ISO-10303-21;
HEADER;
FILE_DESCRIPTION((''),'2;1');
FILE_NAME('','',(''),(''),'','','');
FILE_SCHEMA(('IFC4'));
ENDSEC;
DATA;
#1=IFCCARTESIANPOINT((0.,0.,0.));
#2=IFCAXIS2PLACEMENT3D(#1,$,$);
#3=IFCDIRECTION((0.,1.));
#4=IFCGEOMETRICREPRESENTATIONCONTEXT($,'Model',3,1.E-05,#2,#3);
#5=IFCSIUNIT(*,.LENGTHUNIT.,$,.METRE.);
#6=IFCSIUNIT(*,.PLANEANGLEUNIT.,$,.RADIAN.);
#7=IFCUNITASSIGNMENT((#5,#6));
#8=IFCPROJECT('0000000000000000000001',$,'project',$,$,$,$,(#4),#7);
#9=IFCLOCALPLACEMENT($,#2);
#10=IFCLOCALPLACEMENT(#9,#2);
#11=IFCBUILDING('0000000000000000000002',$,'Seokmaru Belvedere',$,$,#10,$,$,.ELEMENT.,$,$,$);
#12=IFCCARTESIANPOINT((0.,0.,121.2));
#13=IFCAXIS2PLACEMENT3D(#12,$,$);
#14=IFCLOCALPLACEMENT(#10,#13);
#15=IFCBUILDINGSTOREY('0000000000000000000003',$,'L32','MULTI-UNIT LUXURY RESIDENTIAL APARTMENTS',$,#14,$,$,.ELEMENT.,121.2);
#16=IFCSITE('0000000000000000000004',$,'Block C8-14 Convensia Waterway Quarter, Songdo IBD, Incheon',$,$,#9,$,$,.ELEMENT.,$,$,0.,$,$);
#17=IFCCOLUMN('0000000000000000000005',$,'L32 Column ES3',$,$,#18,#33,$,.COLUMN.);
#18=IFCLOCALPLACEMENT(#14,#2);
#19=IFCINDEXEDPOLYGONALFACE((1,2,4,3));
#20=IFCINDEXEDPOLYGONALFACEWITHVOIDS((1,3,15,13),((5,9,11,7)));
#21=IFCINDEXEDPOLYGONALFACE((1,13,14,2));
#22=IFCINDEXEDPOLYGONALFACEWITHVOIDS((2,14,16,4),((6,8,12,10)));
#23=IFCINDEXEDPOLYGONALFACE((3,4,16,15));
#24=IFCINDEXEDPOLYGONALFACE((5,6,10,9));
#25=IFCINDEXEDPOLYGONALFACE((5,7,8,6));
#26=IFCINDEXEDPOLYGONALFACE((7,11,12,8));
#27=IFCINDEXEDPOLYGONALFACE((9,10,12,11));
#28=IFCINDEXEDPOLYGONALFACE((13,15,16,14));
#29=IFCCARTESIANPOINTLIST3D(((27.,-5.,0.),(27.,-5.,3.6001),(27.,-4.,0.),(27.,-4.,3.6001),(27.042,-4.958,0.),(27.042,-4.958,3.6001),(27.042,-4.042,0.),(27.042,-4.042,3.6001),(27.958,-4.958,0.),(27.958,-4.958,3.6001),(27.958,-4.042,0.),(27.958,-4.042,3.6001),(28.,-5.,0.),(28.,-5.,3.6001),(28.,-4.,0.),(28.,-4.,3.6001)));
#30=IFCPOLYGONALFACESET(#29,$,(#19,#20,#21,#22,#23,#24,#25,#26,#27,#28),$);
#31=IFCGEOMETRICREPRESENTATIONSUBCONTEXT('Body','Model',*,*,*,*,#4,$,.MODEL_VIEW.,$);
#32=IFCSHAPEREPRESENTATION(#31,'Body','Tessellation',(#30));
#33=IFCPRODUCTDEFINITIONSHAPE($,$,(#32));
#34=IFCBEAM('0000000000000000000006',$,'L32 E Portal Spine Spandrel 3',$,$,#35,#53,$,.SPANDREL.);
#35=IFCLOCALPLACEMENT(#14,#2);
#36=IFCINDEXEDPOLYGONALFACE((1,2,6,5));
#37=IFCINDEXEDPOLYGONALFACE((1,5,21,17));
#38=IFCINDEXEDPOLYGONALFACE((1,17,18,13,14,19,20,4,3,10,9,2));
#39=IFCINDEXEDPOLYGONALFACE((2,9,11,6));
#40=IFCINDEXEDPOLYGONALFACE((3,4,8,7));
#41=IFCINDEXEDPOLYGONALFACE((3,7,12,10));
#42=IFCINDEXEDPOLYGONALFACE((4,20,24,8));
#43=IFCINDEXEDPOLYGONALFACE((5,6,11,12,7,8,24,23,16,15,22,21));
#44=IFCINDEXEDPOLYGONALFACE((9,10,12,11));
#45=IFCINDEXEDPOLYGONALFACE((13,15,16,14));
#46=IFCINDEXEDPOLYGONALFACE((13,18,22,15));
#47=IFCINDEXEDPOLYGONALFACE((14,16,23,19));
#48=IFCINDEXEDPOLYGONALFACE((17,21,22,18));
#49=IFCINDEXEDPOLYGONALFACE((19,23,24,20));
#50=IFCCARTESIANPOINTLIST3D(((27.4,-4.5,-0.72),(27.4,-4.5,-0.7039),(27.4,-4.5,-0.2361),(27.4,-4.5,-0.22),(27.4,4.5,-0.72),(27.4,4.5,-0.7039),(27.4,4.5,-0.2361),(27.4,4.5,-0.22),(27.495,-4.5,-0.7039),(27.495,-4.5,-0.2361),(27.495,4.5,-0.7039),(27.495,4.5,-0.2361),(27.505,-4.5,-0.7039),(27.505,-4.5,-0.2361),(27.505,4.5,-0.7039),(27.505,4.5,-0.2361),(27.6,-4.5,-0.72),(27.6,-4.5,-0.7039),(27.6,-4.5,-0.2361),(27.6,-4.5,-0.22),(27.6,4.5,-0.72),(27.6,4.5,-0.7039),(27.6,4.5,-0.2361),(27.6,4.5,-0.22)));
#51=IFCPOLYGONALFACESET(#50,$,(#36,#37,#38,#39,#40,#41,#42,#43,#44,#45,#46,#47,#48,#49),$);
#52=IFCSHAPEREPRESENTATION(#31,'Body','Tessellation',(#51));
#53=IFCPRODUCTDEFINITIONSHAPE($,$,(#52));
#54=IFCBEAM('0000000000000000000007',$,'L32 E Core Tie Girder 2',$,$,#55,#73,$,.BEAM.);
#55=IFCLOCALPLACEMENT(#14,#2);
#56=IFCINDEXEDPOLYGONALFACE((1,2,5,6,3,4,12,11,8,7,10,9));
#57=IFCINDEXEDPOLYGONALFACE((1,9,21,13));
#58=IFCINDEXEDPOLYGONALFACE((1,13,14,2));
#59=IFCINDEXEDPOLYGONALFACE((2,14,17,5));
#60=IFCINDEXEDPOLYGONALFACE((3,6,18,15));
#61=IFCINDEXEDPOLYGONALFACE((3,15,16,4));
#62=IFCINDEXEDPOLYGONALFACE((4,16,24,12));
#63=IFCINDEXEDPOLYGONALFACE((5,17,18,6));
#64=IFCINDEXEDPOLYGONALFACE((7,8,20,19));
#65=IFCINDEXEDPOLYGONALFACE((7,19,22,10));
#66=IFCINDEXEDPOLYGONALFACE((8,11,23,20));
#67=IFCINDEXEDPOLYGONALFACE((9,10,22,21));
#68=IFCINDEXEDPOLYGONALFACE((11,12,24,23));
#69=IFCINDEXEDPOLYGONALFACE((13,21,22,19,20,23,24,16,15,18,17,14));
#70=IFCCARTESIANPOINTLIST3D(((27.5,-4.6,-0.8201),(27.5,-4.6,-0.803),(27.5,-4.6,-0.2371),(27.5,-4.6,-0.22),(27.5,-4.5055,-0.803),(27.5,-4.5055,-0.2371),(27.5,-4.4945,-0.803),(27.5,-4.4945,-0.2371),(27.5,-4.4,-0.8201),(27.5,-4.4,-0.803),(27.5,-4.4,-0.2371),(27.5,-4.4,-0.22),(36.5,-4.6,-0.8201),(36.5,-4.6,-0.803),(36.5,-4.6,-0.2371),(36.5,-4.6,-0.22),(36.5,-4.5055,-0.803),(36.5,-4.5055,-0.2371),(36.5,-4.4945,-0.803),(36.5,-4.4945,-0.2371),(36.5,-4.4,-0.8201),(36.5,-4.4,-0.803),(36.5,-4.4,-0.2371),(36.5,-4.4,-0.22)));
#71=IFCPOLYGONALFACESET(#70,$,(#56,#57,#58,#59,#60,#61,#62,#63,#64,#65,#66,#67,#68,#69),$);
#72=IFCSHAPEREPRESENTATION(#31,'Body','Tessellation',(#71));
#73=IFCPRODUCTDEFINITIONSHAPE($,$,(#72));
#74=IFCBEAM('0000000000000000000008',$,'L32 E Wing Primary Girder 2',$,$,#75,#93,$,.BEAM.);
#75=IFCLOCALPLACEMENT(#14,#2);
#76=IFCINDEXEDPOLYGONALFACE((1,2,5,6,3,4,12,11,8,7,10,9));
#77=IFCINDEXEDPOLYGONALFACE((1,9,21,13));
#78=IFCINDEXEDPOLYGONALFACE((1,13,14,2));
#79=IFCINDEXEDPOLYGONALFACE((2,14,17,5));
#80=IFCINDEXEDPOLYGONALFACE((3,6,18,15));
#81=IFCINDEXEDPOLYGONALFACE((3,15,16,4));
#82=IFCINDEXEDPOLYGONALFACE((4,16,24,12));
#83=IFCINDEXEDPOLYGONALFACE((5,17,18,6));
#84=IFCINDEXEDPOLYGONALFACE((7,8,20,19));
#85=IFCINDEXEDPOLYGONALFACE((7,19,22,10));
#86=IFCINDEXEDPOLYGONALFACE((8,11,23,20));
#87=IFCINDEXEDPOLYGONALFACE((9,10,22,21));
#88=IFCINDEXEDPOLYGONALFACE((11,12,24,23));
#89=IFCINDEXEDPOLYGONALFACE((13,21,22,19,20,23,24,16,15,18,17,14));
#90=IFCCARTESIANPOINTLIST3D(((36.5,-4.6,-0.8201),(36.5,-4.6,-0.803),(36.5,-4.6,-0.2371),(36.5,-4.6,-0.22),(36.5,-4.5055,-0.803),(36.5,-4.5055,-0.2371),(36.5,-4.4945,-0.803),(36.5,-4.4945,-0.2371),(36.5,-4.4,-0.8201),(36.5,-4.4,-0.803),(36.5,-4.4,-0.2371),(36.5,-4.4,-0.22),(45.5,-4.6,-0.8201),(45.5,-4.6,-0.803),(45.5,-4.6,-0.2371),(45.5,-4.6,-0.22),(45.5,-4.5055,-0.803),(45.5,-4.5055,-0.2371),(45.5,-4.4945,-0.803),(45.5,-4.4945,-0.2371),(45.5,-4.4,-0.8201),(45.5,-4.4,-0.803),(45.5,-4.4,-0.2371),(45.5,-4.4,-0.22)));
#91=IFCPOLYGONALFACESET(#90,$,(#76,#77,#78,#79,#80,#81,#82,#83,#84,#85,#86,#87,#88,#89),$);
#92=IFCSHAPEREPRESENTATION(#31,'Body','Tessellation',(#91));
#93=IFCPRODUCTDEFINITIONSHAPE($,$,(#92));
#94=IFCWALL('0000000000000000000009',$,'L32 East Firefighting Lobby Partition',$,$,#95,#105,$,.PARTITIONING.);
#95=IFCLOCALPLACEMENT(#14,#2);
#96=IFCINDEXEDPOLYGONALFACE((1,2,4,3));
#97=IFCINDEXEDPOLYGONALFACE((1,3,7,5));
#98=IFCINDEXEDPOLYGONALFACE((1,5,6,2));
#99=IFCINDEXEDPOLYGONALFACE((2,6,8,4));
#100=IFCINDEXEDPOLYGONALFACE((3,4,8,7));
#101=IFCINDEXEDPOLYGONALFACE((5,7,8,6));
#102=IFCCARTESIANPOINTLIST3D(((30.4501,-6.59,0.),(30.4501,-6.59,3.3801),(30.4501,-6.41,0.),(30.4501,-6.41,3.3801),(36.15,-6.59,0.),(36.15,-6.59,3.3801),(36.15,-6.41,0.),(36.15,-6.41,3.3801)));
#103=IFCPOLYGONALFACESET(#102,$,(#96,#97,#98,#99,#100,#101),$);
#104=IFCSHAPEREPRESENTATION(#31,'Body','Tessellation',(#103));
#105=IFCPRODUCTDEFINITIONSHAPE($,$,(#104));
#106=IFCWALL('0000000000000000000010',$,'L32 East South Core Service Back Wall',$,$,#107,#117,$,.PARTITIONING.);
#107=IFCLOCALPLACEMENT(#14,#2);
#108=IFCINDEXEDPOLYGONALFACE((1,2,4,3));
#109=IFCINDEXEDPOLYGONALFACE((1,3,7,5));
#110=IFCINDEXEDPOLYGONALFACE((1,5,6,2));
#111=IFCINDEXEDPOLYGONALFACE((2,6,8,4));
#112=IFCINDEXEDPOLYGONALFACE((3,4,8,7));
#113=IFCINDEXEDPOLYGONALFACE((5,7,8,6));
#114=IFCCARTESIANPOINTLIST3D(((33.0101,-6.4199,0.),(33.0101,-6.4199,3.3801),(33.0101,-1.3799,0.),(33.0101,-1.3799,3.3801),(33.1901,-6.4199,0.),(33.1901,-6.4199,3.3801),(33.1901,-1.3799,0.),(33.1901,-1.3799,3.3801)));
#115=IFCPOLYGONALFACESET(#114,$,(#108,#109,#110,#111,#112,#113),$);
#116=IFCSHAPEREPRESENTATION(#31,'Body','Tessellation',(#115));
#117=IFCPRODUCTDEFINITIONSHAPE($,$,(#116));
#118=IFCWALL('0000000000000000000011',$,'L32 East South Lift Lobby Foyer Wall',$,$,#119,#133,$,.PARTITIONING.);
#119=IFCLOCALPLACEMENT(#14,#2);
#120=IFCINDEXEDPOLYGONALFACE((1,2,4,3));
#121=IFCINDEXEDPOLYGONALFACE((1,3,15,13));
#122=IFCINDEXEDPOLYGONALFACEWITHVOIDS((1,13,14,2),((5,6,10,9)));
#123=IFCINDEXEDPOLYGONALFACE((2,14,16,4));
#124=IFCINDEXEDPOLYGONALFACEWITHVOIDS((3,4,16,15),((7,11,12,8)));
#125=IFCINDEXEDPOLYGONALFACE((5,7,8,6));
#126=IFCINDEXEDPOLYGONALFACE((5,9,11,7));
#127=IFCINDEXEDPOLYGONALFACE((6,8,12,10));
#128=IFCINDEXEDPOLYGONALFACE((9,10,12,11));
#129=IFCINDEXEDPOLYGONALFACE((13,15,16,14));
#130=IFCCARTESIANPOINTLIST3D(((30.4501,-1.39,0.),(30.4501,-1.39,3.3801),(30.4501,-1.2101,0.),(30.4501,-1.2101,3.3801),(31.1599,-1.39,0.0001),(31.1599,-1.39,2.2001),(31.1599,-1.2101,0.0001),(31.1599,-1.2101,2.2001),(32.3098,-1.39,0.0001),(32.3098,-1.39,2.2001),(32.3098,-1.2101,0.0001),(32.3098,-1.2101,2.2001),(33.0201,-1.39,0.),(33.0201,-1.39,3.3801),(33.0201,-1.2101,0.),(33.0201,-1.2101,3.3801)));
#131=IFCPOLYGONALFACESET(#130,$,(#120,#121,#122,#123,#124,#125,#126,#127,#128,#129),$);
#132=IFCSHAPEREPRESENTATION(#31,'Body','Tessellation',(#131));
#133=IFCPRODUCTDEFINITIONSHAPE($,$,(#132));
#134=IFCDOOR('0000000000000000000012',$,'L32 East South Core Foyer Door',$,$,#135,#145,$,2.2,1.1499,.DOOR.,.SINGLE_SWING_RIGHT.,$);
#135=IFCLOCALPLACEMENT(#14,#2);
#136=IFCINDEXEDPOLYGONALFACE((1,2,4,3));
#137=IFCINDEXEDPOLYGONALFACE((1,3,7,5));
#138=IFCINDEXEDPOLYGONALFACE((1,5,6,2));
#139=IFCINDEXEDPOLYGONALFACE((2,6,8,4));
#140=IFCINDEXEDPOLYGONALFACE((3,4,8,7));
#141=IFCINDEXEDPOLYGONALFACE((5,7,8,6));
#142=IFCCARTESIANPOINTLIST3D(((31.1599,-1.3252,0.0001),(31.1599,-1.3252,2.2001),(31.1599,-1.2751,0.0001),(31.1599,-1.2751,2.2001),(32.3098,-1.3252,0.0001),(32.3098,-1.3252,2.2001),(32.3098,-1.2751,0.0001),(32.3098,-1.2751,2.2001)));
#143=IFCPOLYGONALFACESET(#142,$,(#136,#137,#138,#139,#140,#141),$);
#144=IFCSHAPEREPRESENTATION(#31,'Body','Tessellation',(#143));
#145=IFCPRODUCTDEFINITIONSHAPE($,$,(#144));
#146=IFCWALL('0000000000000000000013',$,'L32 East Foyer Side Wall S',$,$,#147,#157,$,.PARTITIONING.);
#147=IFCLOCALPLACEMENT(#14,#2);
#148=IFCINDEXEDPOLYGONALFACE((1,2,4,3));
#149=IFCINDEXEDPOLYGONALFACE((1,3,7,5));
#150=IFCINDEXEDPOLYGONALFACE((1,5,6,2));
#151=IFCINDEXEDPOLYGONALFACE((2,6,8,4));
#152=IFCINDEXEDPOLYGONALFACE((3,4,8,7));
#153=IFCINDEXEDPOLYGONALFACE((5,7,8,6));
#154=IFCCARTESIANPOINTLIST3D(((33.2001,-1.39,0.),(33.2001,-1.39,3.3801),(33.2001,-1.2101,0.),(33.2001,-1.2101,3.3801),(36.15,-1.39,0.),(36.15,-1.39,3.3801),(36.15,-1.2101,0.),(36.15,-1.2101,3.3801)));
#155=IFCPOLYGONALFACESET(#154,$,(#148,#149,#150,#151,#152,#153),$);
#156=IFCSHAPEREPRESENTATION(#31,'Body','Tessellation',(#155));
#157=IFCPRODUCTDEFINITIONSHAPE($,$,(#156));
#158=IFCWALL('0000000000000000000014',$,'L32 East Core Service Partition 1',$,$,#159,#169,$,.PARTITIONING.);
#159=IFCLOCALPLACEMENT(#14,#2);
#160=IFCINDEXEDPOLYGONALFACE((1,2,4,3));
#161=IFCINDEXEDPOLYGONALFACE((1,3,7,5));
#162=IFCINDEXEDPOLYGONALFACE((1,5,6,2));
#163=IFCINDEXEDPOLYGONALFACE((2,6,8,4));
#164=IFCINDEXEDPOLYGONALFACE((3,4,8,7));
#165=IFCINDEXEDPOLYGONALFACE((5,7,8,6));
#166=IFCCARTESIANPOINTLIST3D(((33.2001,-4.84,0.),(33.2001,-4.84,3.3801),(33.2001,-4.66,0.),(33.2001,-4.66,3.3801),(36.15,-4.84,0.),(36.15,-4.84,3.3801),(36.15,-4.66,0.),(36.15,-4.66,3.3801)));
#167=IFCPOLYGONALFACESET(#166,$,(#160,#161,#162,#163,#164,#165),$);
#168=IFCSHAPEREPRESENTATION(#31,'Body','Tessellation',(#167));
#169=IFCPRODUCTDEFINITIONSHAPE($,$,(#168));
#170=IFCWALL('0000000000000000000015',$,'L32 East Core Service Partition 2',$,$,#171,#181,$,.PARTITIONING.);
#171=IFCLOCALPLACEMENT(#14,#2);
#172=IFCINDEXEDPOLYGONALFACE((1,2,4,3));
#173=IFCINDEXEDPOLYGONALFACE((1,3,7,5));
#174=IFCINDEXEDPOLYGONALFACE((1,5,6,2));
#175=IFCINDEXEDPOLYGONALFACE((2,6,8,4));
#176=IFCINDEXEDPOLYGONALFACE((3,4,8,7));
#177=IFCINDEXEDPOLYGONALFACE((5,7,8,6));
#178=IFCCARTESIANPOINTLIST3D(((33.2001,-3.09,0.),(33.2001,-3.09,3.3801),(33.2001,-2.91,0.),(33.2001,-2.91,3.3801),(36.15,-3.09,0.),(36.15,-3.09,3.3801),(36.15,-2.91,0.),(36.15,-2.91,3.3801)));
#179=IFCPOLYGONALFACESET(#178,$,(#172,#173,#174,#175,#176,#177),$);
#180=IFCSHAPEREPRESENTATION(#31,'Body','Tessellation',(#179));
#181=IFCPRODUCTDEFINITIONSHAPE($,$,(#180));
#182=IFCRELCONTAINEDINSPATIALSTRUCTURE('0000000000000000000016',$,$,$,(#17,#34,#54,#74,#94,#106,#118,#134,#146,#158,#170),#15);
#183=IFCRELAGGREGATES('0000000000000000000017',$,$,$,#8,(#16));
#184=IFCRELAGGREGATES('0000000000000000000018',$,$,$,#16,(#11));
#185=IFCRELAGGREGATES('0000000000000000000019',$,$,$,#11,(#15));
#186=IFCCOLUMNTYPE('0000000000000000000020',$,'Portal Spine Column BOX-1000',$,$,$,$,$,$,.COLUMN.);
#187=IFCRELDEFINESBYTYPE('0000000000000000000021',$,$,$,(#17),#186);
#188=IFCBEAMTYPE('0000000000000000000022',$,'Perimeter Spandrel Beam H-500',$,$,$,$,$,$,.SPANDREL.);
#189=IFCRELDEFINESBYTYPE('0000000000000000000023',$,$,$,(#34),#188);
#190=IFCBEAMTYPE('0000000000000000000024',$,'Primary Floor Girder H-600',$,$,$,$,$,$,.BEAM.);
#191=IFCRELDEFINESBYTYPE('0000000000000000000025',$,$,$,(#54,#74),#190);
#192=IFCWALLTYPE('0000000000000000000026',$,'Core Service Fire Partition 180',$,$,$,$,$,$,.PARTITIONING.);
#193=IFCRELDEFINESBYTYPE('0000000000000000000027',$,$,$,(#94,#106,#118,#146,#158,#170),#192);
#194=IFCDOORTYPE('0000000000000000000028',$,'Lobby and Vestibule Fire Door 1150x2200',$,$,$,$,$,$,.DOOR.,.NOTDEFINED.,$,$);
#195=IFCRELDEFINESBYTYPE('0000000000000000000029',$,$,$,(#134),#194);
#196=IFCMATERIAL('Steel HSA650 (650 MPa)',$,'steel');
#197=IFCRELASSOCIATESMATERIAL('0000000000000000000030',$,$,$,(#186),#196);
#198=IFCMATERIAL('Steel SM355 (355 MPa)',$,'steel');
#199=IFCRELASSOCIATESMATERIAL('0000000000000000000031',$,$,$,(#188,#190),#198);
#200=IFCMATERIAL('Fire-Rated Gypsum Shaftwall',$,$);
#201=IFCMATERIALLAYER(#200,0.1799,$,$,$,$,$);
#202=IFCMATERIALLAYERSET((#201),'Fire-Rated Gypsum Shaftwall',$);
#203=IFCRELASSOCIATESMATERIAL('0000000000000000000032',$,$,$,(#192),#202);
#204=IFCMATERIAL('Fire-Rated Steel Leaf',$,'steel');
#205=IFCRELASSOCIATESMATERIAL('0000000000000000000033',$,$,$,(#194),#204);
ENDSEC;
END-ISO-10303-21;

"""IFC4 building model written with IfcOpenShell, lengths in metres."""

from ifc_helpers import new_model, si_unit, direction, frame, frame_2d, origin, origin_2d, place, context, subcontext, project, spatial, rectangle, hollow_rectangle, i_section, extrude, source, transform, mapped, material, layer, layer_set, material_profile, profile_set, type_object, type_shapes, element, fill, save


model = new_model("IFC4")

# Units and contexts
model_context = context("Model", 3, precision=1e-05, world=origin(), true_north=direction((0.0, 1.0)))
body_context = subcontext(model_context, "Body", "Model", "MODEL_VIEW")
ifc_project = project(units=[si_unit("LENGTHUNIT", "METRE"), si_unit("PLANEANGLEUNIT", "RADIAN")], contexts=[model_context])

# Site, building, storey
site_placement = place(None, origin())
site = spatial("IfcSite", under=ifc_project, at=site_placement, Name="Block C8-14 Convensia Waterway Quarter, Songdo IBD, Incheon", CompositionType="ELEMENT", RefElevation=0.0)
building_placement = place(site_placement, origin())
building = spatial("IfcBuilding", under=site, at=building_placement, Name="Seokmaru Belvedere", CompositionType="ELEMENT")
storey_placement = place(building_placement, frame((0.0, 0.0, 121.2)))
storey = spatial("IfcBuildingStorey", under=building, at=storey_placement, Name="L32", Description="MULTI-UNIT LUXURY RESIDENTIAL APARTMENTS", CompositionType="ELEMENT", Elevation=121.2)

# Column
ifc_material_1 = material(Name="Steel HSA650 (650 MPa)", Category="steel")
ifc_material_profile_1 = material_profile(ifc_material_1, hollow_rectangle(XDim=1.0, YDim=1.0, WallThickness=0.042, at=origin_2d()), Name="BOX-1000x1000x42")
ifc_profile_set_1 = profile_set([ifc_material_profile_1], Name="Steel HSA650 (650 MPa)")
column_type = type_object("IfcColumnType", Name="Portal Spine Column BOX-1000", PredefinedType="COLUMN", material=ifc_profile_set_1)
shared_shape_1 = source(origin(), body_context, "Body", "SweptSolid", [
    extrude(hollow_rectangle(XDim=1.0, YDim=1.0, WallThickness=0.042, at=origin_2d()), origin(), (0.0, 0.0, 1.0), 3.6001),
])
type_shapes(column_type, [shared_shape_1])
column_placement = place(storey_placement, frame((27.5, -4.5, 0.0), z_axis=(0.0, 0.0, 1.0), x_axis=(1.0, 0.0, 0.0)))
element("IfcColumn", 1, at=column_placement, inside=storey, type_object=column_type, Name="L32 Column ES3", PredefinedType="COLUMN", context=body_context, shape_type="MappedRepresentation", body=[
    mapped(shared_shape_1, transform((0.0, 0.0, 0.0), scale=1.0)),
])

# Beams
ifc_material_2 = material(Name="Steel SM355 (355 MPa)", Category="steel")
ifc_material_profile_2 = material_profile(ifc_material_2, i_section(OverallWidth=0.2, OverallDepth=0.5, WebThickness=0.01, FlangeThickness=0.0161, at=origin_2d()), Name="H-500x200x10x16")
ifc_profile_set_2 = profile_set([ifc_material_profile_2], Name="Steel SM355 (355 MPa)")
beam_type_1 = type_object("IfcBeamType", Name="Perimeter Spandrel Beam H-500", PredefinedType="SPANDREL", material=ifc_profile_set_2)
shared_shape_2 = source(origin(), body_context, "Body", "SweptSolid", [
    extrude(i_section(OverallWidth=0.2, OverallDepth=0.5, WebThickness=0.01, FlangeThickness=0.0161, at=origin_2d()), origin(), (0.0, 0.0, 1.0), 9.0),
])
type_shapes(beam_type_1, [shared_shape_2])
beam_placement = place(storey_placement, frame((27.5, -4.5, -0.47), z_axis=(0.0, 1.0, 0.0), x_axis=(-1.0, 0.0, 0.0)))
element("IfcBeam", 2, at=beam_placement, inside=storey, type_object=beam_type_1, Name="L32 E Portal Spine Spandrel 3", PredefinedType="SPANDREL", context=body_context, shape_type="MappedRepresentation", body=[
    mapped(shared_shape_2, transform((0.0, 0.0, 0.0), scale=1.0)),
])
ifc_material_profile_3 = material_profile(ifc_material_2, i_section(OverallWidth=0.2, OverallDepth=0.6001, WebThickness=0.011, FlangeThickness=0.0171, at=origin_2d()), Name="H-600x200x11x17")
ifc_profile_set_3 = profile_set([ifc_material_profile_3], Name="Steel SM355 (355 MPa)")
beam_type_2 = type_object("IfcBeamType", Name="Primary Floor Girder H-600", PredefinedType="BEAM", material=ifc_profile_set_3)
shared_shape_3 = source(origin(), body_context, "Body", "SweptSolid", [
    extrude(i_section(OverallWidth=0.2, OverallDepth=0.6001, WebThickness=0.011, FlangeThickness=0.0171, at=origin_2d()), origin(), (0.0, 0.0, 1.0), 9.0),
])
type_shapes(beam_type_2, [shared_shape_3])
for number, where, z_axis, x_axis, name in (
    (3, (27.5, -4.5, -0.52), (1.0, 0.0, 0.0), (0.0, 1.0, 0.0), "L32 E Core Tie Girder 2"),
    (4, (36.5, -4.5, -0.52), (1.0, 0.0, 0.0), (0.0, 1.0, 0.0), "L32 E Wing Primary Girder 2"),
):
    element("IfcBeam", number, at=place(storey_placement, frame(where, z_axis=z_axis, x_axis=x_axis)), inside=storey, type_object=beam_type_2, Name=name, PredefinedType="BEAM", context=body_context, shape_type="MappedRepresentation", body=[
        mapped(shared_shape_3, transform((0.0, 0.0, 0.0), scale=1.0)),
    ])

# Walls
ifc_material_3 = material(Name="Fire-Rated Gypsum Shaftwall")
ifc_layer_1 = layer(ifc_material_3, 0.1799)
ifc_layer_set_1 = layer_set([ifc_layer_1], Name="Fire-Rated Gypsum Shaftwall")
wall_type_1 = type_object("IfcWallType", Name="Core Service Fire Partition 180", PredefinedType="PARTITIONING", material=ifc_layer_set_1)
wall_1_placement = place(storey_placement, frame((30.45, -6.5, 0.0), z_axis=(0.0, 0.0, 1.0), x_axis=(1.0, 0.0, 0.0)))
element("IfcWall", 5, at=wall_1_placement, inside=storey, type_object=wall_type_1, Name="L32 East Firefighting Lobby Partition", PredefinedType="PARTITIONING", context=body_context, shape_type="SweptSolid", body=[
    extrude(rectangle(XDim=5.7, YDim=0.1799, at=frame_2d((2.8501, 0.0))), origin(), (0.0, 0.0, 1.0), 3.3801),
])
wall_2_placement = place(storey_placement, frame((33.1001, -6.4199, 0.0), z_axis=(0.0, 0.0, 1.0), x_axis=(0.0, 1.0, 0.0)))
element("IfcWall", 6, at=wall_2_placement, inside=storey, type_object=wall_type_1, Name="L32 East South Core Service Back Wall", PredefinedType="PARTITIONING", context=body_context, shape_type="SweptSolid", body=[
    extrude(rectangle(XDim=5.04, YDim=0.1799, at=frame_2d((2.52, 0.0))), origin(), (0.0, 0.0, 1.0), 3.3801),
])

# Wall, opening, door
wall_3_placement = place(storey_placement, frame((30.45, -1.3, 0.0), z_axis=(0.0, 0.0, 1.0), x_axis=(1.0, 0.0, 0.0)))
wall_3 = element("IfcWall", 7, at=wall_3_placement, inside=storey, type_object=wall_type_1, Name="L32 East South Lift Lobby Foyer Wall", PredefinedType="PARTITIONING", context=body_context, shape_type="SweptSolid", body=[
    extrude(rectangle(XDim=2.5701, YDim=0.1799, at=frame_2d((1.2852, 0.0))), origin(), (0.0, 0.0, 1.0), 3.3801),
])
opening_1_placement = place(wall_3_placement, frame((0.71, 0.0, 0.0)))
opening_1 = element("IfcOpeningElement", 8, at=opening_1_placement, cuts=wall_3, PredefinedType="OPENING", context=body_context, shape_type="SweptSolid", body=[
    extrude(rectangle(XDim=1.1499, YDim=2.2, at=frame_2d((0.575, 1.1001))), frame((0.0, 0.1001, 0.0), z_axis=(0.0, -1.0, 0.0), x_axis=(1.0, 0.0, 0.0)), (0.0, 0.0, 1.0), 0.2),
])
ifc_material_4 = material(Name="Fire-Rated Steel Leaf", Category="steel")
door_type_1 = type_object("IfcDoorType", Name="Lobby and Vestibule Fire Door 1150x2200", OperationType="NOTDEFINED", PredefinedType="DOOR", material=ifc_material_4)
shared_shape_4 = source(origin(), body_context, "Body", "SweptSolid", [
    extrude(rectangle(XDim=1.1499, YDim=2.2, at=frame_2d((0.575, 1.1001))), frame((0.0, 0.0249, 0.0), z_axis=(0.0, -1.0, 0.0), x_axis=(1.0, 0.0, 0.0)), (0.0, 0.0, 1.0), 0.05),
])
type_shapes(door_type_1, [shared_shape_4])
door_1_placement = place(opening_1_placement, origin())
door_1 = element("IfcDoor", 9, at=door_1_placement, inside=storey, type_object=door_type_1, Name="L32 East South Core Foyer Door", OperationType="SINGLE_SWING_RIGHT", OverallHeight=2.2, OverallWidth=1.1499, PredefinedType="DOOR", context=body_context, shape_type="MappedRepresentation", body=[
    mapped(shared_shape_4, transform((0.0, 0.0, 0.0), scale=1.0)),
])
fill(opening_1, door_1)

# Walls
for number, where, z_axis, x_axis, name in (
    (10, (33.2, -1.3, 0.0), (0.0, 0.0, 1.0), (1.0, 0.0, 0.0), "L32 East Foyer Side Wall S"),
    (11, (33.2, -4.75, 0.0), (0.0, 0.0, 1.0), (1.0, 0.0, 0.0), "L32 East Core Service Partition 1"),
    (12, (33.2, -3.0, 0.0), (0.0, 0.0, 1.0), (1.0, 0.0, 0.0), "L32 East Core Service Partition 2"),
):
    element("IfcWall", number, at=place(storey_placement, frame(where, z_axis=z_axis, x_axis=x_axis)), inside=storey, type_object=wall_type_1, Name=name, PredefinedType="PARTITIONING", context=body_context, shape_type="SweptSolid", body=[
        extrude(rectangle(XDim=2.95, YDim=0.1799, at=frame_2d((1.4751, 0.0))), origin(), (0.0, 0.0, 1.0), 3.3801),
    ])

save(model, "model.ifc")
